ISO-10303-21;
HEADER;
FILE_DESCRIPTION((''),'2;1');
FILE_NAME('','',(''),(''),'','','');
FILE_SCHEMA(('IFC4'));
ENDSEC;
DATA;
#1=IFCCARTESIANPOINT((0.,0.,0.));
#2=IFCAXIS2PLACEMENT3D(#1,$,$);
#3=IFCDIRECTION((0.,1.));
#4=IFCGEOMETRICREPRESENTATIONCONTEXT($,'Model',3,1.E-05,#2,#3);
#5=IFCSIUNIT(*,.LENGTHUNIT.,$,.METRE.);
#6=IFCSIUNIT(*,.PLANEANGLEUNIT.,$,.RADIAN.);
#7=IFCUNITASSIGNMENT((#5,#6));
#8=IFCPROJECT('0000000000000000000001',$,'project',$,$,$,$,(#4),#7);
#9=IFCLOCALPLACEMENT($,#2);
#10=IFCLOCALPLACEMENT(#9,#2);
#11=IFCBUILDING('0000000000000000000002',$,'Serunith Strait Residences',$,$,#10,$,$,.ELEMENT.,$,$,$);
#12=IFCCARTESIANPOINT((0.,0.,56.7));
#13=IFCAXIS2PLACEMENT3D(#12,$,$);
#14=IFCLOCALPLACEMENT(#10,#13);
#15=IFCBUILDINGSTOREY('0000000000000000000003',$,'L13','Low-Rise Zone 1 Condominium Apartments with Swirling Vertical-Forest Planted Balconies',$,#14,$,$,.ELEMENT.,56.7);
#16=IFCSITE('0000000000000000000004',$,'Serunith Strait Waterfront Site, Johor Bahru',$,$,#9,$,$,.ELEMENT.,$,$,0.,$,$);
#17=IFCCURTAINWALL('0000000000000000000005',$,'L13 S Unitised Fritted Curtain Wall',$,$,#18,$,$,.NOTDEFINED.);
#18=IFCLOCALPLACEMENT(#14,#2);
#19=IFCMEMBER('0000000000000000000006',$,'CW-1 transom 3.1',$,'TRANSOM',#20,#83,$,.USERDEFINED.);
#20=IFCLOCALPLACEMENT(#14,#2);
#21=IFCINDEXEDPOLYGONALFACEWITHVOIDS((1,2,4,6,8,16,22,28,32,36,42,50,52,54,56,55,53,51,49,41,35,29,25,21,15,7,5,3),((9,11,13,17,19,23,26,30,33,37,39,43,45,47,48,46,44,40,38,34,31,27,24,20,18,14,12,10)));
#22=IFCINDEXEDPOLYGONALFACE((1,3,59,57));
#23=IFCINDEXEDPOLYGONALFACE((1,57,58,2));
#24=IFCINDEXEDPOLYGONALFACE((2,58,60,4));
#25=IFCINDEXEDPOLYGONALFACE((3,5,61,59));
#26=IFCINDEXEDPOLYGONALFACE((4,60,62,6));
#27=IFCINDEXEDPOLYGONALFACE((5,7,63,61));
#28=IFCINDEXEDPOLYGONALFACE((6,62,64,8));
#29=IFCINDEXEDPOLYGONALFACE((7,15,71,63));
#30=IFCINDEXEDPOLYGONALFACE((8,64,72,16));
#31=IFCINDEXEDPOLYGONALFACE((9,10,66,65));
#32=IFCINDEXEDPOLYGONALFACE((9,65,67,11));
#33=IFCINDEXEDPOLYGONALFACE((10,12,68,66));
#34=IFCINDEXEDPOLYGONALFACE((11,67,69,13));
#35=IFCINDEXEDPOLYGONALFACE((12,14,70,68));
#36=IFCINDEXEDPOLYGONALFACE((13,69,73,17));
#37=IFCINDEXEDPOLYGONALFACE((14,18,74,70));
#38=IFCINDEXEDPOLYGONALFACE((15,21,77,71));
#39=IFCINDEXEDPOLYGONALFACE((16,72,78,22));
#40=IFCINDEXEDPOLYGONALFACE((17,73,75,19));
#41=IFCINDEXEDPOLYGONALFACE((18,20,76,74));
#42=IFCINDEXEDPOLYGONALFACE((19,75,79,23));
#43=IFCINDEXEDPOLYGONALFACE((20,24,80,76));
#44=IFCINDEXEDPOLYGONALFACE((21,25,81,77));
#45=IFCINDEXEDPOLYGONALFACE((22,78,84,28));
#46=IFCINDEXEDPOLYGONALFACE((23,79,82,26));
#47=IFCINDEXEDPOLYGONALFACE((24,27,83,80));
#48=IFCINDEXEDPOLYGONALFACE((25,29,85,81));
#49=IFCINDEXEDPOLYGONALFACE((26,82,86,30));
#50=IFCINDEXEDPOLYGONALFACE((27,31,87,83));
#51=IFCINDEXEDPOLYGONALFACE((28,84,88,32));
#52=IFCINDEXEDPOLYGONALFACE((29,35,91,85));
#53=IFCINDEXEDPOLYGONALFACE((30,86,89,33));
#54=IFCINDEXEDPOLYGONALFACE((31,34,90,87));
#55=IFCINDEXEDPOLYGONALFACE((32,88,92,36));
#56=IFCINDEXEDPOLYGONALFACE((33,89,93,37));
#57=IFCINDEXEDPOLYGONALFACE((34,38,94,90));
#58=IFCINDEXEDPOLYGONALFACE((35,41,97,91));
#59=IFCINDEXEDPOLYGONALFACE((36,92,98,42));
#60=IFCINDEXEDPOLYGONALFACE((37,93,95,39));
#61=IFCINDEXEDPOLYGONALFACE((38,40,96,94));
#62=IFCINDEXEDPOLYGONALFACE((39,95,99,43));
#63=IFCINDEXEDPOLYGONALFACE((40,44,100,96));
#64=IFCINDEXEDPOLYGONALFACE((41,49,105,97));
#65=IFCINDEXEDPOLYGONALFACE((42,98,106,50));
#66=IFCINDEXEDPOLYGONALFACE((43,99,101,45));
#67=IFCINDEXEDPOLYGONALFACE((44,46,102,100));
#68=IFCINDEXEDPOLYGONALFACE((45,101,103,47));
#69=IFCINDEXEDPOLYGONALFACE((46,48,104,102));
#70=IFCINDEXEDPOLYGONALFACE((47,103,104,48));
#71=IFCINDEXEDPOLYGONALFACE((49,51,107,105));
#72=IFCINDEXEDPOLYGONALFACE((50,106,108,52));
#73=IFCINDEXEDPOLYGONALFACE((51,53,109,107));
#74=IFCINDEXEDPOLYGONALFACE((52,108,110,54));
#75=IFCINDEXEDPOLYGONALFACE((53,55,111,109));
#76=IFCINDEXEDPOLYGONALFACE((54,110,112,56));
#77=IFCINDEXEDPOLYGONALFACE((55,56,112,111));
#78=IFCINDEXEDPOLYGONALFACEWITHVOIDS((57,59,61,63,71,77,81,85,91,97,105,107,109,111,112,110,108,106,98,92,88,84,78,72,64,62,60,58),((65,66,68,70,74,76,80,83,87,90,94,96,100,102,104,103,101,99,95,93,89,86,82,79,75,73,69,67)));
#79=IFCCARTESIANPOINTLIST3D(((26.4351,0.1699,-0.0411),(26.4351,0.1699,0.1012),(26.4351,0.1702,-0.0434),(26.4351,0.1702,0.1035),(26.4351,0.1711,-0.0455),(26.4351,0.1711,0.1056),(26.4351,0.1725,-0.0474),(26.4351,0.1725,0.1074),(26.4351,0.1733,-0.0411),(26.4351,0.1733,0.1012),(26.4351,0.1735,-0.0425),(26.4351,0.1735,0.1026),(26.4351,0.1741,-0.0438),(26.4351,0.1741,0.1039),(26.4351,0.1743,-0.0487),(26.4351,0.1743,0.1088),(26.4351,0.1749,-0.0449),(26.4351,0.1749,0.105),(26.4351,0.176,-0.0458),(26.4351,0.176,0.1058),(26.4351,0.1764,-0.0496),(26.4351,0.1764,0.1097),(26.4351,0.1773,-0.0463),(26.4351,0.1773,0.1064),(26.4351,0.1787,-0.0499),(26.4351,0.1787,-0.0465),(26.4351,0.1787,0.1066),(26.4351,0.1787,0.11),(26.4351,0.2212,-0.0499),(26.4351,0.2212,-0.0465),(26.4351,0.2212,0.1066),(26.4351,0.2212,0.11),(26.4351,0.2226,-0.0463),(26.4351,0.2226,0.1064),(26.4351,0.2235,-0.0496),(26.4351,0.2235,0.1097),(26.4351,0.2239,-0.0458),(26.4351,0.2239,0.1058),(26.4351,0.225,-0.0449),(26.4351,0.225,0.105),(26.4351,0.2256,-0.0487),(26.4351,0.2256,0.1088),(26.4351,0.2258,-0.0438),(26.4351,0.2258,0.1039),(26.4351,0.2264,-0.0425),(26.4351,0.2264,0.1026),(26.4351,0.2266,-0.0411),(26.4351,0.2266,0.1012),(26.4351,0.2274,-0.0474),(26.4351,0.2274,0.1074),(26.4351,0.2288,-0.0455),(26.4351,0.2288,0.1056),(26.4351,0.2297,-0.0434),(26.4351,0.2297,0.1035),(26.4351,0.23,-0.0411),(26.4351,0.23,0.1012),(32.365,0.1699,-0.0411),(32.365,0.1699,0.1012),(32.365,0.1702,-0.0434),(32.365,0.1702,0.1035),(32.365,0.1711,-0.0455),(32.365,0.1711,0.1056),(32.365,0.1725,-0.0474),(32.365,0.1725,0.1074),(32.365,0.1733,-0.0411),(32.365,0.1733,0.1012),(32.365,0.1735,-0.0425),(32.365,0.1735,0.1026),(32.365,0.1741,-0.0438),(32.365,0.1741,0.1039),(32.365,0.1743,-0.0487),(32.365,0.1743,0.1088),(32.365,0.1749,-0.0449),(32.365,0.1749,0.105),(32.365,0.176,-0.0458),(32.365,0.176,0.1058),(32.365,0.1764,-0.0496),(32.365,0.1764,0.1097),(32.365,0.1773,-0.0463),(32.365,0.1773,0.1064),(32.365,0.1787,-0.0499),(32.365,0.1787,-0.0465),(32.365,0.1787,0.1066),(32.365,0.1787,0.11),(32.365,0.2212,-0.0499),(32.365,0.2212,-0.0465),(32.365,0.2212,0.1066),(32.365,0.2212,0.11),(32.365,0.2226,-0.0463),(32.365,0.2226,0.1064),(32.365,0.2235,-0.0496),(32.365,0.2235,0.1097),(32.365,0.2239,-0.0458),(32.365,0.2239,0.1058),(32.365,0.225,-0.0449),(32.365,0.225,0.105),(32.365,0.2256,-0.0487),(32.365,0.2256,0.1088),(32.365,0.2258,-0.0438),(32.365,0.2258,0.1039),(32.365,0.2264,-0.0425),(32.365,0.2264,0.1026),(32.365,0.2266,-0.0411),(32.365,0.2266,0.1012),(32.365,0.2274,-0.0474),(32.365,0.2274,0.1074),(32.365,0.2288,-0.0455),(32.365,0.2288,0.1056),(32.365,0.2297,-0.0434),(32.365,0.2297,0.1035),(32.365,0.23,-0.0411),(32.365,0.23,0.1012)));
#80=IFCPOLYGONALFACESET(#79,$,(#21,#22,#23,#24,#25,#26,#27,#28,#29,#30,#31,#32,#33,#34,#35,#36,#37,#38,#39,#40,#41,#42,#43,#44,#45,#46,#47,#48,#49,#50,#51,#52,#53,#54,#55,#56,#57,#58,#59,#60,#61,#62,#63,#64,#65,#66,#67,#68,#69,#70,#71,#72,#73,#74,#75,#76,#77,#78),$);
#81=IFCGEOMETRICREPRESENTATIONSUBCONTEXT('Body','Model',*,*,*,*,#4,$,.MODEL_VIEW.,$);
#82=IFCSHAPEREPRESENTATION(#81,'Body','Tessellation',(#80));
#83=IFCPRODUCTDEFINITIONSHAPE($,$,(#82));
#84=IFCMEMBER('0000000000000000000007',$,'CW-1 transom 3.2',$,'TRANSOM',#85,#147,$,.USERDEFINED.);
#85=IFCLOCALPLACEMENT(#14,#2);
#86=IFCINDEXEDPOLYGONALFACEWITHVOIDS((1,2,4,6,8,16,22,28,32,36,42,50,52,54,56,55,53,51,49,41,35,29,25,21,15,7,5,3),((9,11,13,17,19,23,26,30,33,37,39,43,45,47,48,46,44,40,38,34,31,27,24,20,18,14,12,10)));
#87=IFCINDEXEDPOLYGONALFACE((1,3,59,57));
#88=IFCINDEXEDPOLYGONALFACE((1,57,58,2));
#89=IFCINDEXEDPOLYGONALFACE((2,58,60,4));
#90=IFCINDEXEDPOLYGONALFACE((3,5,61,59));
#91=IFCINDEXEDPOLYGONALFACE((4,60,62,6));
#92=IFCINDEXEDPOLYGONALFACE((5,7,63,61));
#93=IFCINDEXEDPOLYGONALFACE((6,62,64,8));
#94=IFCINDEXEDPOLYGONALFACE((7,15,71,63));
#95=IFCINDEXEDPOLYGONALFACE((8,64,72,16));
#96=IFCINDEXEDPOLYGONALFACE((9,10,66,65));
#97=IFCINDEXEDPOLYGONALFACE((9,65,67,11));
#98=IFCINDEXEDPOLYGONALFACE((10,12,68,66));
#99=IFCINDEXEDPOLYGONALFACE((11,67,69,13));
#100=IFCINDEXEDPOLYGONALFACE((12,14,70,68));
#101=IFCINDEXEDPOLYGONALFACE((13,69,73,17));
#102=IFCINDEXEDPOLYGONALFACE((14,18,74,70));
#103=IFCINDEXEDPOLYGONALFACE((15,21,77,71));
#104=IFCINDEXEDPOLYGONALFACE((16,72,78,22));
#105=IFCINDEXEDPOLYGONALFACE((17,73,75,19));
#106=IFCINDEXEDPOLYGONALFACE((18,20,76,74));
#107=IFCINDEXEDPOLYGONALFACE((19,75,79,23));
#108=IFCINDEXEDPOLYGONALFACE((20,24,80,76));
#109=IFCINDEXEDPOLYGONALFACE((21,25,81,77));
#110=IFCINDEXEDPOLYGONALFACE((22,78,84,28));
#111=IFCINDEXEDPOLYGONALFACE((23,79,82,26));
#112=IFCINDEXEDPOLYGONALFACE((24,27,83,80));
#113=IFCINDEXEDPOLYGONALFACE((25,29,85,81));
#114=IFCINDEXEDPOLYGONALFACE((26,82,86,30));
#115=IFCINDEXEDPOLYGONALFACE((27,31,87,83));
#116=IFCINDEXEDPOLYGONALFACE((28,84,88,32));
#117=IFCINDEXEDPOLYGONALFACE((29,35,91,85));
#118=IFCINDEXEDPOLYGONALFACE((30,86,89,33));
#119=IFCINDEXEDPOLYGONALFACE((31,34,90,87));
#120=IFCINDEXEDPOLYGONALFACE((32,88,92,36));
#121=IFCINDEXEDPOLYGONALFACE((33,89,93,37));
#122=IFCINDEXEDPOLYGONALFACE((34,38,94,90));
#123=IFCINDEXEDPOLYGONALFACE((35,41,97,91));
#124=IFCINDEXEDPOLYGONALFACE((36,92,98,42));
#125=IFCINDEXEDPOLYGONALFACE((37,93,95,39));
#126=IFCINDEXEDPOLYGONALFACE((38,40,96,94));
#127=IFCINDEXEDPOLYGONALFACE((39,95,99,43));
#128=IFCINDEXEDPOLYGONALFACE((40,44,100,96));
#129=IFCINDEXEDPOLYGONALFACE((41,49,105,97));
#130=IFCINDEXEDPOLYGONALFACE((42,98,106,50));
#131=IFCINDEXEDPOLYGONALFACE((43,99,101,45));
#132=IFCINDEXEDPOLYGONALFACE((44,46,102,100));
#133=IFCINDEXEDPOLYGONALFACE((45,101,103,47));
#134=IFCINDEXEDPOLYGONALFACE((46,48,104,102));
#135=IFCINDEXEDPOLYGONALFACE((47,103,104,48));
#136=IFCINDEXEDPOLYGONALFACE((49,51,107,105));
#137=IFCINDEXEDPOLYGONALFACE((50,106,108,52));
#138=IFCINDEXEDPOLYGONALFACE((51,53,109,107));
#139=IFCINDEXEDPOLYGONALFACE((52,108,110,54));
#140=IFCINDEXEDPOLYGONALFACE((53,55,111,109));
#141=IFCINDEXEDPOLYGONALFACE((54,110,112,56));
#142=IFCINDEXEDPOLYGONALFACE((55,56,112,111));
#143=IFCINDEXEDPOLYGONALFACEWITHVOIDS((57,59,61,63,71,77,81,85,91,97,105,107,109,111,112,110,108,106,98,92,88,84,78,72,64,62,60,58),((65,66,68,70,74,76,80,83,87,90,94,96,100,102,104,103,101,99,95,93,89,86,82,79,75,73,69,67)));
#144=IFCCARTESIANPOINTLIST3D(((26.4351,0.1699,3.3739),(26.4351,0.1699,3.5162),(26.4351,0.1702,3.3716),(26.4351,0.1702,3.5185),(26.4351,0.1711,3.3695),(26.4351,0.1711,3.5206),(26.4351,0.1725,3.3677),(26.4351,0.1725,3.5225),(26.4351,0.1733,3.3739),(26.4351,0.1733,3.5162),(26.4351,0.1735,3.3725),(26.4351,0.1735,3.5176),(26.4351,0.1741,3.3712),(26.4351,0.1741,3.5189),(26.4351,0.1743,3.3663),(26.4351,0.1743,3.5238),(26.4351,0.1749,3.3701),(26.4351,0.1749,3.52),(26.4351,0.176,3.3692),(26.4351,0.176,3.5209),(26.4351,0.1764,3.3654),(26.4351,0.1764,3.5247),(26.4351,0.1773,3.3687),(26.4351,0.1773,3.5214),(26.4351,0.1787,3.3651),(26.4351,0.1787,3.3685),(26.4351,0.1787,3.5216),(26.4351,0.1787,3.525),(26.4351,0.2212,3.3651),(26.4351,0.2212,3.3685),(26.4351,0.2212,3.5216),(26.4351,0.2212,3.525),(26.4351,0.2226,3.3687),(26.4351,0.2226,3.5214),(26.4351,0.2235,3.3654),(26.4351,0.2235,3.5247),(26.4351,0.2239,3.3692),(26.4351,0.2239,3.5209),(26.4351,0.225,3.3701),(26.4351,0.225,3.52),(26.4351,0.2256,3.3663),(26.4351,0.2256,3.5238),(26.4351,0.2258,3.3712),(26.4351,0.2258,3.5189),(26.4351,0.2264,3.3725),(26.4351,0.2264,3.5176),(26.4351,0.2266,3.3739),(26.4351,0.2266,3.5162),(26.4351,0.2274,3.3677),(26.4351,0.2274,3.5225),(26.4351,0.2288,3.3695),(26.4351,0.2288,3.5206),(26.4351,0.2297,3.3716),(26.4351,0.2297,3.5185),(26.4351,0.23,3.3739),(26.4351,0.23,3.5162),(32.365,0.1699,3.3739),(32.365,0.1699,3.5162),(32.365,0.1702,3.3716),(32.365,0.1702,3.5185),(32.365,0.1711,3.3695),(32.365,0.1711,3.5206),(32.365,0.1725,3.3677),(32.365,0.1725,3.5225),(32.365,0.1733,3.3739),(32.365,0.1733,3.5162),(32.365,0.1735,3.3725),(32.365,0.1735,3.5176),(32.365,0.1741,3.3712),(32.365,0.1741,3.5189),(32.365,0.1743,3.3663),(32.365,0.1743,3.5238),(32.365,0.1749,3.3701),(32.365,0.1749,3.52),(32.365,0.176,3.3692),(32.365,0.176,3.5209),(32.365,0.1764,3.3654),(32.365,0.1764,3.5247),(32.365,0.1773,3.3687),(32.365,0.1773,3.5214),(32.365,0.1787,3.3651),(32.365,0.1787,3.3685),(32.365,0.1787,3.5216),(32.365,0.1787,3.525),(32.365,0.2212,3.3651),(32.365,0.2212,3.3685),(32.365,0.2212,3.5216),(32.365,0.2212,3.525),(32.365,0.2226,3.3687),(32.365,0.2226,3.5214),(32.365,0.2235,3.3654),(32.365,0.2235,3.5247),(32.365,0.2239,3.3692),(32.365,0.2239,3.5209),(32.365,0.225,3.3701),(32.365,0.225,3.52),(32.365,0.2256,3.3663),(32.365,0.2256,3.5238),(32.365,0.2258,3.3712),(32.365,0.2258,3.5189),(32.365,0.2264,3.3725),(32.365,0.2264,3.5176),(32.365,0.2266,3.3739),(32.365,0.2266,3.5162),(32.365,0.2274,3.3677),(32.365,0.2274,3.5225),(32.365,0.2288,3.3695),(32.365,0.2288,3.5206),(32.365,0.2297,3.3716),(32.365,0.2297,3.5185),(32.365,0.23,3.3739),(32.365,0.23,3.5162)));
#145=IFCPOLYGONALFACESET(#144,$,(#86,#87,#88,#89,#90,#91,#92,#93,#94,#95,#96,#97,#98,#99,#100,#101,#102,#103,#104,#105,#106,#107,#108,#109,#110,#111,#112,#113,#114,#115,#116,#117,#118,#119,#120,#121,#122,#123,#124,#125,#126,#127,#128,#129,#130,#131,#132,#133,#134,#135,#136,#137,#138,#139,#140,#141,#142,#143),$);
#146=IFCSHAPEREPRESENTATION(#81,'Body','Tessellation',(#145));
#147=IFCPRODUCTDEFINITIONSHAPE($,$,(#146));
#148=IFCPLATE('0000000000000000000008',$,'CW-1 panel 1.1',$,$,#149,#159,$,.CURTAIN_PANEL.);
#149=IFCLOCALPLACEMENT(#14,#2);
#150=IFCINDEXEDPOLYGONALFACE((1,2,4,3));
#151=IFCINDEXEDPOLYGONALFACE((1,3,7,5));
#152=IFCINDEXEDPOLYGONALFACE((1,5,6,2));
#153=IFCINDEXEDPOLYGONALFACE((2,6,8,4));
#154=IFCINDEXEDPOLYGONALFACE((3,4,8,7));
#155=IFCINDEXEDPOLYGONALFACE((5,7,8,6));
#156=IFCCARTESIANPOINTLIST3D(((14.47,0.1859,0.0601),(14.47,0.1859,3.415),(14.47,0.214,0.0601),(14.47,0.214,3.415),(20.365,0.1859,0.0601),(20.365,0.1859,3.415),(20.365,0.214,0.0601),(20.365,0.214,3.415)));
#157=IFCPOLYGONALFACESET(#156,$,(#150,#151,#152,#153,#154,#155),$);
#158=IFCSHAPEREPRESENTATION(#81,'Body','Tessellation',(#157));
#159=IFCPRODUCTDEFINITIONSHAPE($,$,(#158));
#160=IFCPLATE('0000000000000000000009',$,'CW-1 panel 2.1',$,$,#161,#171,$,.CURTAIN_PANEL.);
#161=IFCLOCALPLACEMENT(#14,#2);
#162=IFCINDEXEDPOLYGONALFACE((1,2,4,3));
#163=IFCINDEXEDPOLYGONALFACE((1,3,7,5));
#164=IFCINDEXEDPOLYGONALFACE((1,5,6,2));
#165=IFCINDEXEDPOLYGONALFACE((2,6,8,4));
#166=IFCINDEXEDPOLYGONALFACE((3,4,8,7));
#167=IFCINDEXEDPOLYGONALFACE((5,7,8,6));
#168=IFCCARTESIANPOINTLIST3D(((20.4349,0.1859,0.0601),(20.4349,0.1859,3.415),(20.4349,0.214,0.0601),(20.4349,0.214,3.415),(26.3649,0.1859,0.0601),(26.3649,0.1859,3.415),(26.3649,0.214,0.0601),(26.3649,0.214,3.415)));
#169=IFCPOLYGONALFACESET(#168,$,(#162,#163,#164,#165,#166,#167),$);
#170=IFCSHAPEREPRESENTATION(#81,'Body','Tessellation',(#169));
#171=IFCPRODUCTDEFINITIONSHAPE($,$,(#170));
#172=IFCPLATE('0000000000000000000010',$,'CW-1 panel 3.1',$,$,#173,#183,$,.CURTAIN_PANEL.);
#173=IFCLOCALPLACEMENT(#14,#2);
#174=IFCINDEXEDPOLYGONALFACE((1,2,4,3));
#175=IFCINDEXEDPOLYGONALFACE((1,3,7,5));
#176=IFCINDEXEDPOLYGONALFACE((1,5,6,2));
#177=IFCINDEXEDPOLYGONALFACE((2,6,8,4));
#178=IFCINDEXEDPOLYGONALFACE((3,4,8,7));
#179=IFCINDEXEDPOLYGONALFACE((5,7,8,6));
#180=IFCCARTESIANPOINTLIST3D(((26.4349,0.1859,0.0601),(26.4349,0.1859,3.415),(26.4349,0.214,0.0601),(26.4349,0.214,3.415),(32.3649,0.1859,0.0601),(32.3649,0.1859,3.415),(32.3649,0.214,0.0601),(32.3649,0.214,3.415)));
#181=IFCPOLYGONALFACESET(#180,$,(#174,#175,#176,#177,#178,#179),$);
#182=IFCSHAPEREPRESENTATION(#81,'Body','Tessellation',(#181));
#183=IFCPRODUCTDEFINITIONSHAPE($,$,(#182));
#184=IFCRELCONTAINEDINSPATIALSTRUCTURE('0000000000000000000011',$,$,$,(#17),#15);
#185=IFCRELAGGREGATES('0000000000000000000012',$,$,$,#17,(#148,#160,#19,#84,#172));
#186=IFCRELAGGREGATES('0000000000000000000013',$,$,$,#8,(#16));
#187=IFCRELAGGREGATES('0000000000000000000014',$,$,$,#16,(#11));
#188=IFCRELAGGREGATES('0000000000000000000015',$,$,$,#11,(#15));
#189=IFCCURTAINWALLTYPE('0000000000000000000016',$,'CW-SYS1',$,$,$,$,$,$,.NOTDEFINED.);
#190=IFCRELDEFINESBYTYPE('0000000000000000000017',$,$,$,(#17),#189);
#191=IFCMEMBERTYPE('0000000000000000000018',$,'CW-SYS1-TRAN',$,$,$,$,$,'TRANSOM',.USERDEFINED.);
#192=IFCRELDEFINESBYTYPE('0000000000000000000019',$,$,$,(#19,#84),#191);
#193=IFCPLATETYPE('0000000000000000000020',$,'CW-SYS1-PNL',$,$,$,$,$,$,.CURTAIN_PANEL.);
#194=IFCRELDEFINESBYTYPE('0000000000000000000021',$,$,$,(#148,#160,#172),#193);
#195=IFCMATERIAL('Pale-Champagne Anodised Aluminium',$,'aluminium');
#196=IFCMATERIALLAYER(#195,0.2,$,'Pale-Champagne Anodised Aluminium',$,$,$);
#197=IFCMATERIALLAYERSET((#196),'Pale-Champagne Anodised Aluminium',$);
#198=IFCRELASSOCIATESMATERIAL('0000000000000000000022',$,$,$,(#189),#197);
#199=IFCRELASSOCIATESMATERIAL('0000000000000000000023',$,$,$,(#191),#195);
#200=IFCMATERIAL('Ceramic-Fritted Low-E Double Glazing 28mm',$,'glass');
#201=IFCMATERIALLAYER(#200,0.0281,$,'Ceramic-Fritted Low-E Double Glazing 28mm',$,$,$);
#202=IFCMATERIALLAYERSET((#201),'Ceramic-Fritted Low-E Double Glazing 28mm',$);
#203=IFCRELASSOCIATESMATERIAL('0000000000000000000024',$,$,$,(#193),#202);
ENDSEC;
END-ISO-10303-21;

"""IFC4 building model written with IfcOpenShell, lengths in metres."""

from ifc_helpers import new_model, si_unit, direction, frame, origin, origin_2d, place, context, subcontext, project, spatial, rectangle, hollow_rectangle, extrude, source, transform, mapped, material, layer, layer_set, material_profile, profile_set, type_object, element, aggregate, save


model = new_model("IFC4")

# Units and contexts
model_context = context("Model", 3, precision=1e-05, world=origin(), true_north=direction((0.0, 1.0)))
body_context = subcontext(model_context, "Body", "Model", "MODEL_VIEW")
ifc_project = project(units=[si_unit("LENGTHUNIT", "METRE"), si_unit("PLANEANGLEUNIT", "RADIAN")], contexts=[model_context])

# Site, building, storey
site_placement = place(None, origin())
site = spatial("IfcSite", under=ifc_project, at=site_placement, Name="Serunith Strait Waterfront Site, Johor Bahru", CompositionType="ELEMENT", RefElevation=0.0)
building_placement = place(site_placement, origin())
building = spatial("IfcBuilding", under=site, at=building_placement, Name="Serunith Strait Residences", CompositionType="ELEMENT")
storey_placement = place(building_placement, frame((0.0, 0.0, 56.7)))
storey = spatial("IfcBuildingStorey", under=building, at=storey_placement, Name="L13", Description="Low-Rise Zone 1 Condominium Apartments with Swirling Vertical-Forest Planted Balconies", CompositionType="ELEMENT", Elevation=56.7)

# Curtain wall, members, plates
ifc_material_1 = material(Name="Pale-Champagne Anodised Aluminium", Category="aluminium")
ifc_layer_1 = layer(ifc_material_1, 0.2, Name="Pale-Champagne Anodised Aluminium")
ifc_layer_set_1 = layer_set([ifc_layer_1], Name="Pale-Champagne Anodised Aluminium")
curtain_wall_type = type_object("IfcCurtainWallType", Name="CW-SYS1", PredefinedType="NOTDEFINED", material=ifc_layer_set_1)
curtain_wall_placement = place(storey_placement, origin())
curtain_wall = element("IfcCurtainWall", 1, at=curtain_wall_placement, inside=storey, type_object=curtain_wall_type, Name="L13 S Unitised Fritted Curtain Wall", PredefinedType="NOTDEFINED")
ifc_material_profile_1 = material_profile(ifc_material_1, hollow_rectangle(XDim=0.0601, YDim=0.1599, WallThickness=0.0034, InnerFilletRadius=0.0054, OuterFilletRadius=0.0088, at=origin_2d()), Name="ALU 160x60x3.5")
ifc_profile_set_1 = profile_set([ifc_material_profile_1], Name="Pale-Champagne Anodised Aluminium")
member_type_1 = type_object("IfcMemberType", Name="CW-SYS1-TRAN", ElementType="TRANSOM", PredefinedType="USERDEFINED", material=ifc_profile_set_1)
shared_shape_1 = source(origin(), body_context, "Body", "SweptSolid", [
    extrude(hollow_rectangle(XDim=0.0601, YDim=0.1599, WallThickness=0.0034, InnerFilletRadius=0.0054, OuterFilletRadius=0.0088, at=origin_2d()), origin(), (0.0, 0.0, 1.0), 5.9299),
])
member_1_placement = place(storey_placement, frame((26.4351, 0.2, 0.03), z_axis=(1.0, 0.0, 0.0), x_axis=(0.0, 1.0, 0.0)))
member_1 = element("IfcMember", 2, at=member_1_placement, type_object=member_type_1, Name="CW-1 transom 3.1", ObjectType="TRANSOM", PredefinedType="USERDEFINED", context=body_context, shape_type="MappedRepresentation", body=[
    mapped(shared_shape_1, transform((0.0, 0.0, 0.0), scale=1.0)),
])
member_2_placement = place(storey_placement, frame((26.4351, 0.2, 3.4451), z_axis=(1.0, 0.0, 0.0), x_axis=(0.0, 1.0, 0.0)))
member_2 = element("IfcMember", 3, at=member_2_placement, type_object=member_type_1, Name="CW-1 transom 3.2", ObjectType="TRANSOM", PredefinedType="USERDEFINED", context=body_context, shape_type="MappedRepresentation", body=[
    mapped(shared_shape_1, transform((0.0, 0.0, 0.0), scale=1.0)),
])
ifc_material_2 = material(Name="Ceramic-Fritted Low-E Double Glazing 28mm", Category="glass")
ifc_layer_2 = layer(ifc_material_2, 0.0281, Name="Ceramic-Fritted Low-E Double Glazing 28mm")
ifc_layer_set_2 = layer_set([ifc_layer_2], Name="Ceramic-Fritted Low-E Double Glazing 28mm")
plate_type = type_object("IfcPlateType", Name="CW-SYS1-PNL", PredefinedType="CURTAIN_PANEL", material=ifc_layer_set_2)
shared_shape_2 = source(origin(), body_context, "Body", "SweptSolid", [
    extrude(rectangle(XDim=5.895, YDim=0.0281, at=origin_2d()), origin(), (0.0, 0.0, 1.0), 3.355),
])
plate_1_placement = place(storey_placement, frame((17.4175, 0.2, 0.0601), z_axis=(0.0, 0.0, 1.0), x_axis=(1.0, 0.0, 0.0)))
plate_1 = element("IfcPlate", 4, at=plate_1_placement, type_object=plate_type, Name="CW-1 panel 1.1", PredefinedType="CURTAIN_PANEL", context=body_context, shape_type="MappedRepresentation", body=[
    mapped(shared_shape_2, transform((0.0, 0.0, 0.0), scale=1.0)),
])
shared_shape_3 = source(origin(), body_context, "Body", "SweptSolid", [
    extrude(rectangle(XDim=5.9299, YDim=0.0281, at=origin_2d()), origin(), (0.0, 0.0, 1.0), 3.355),
])
plate_2_placement = place(storey_placement, frame((23.3999, 0.2, 0.0601), z_axis=(0.0, 0.0, 1.0), x_axis=(1.0, 0.0, 0.0)))
plate_2 = element("IfcPlate", 5, at=plate_2_placement, type_object=plate_type, Name="CW-1 panel 2.1", PredefinedType="CURTAIN_PANEL", context=body_context, shape_type="MappedRepresentation", body=[
    mapped(shared_shape_3, transform((0.0, 0.0, 0.0), scale=1.0)),
])
plate_3_placement = place(storey_placement, frame((29.3999, 0.2, 0.0601), z_axis=(0.0, 0.0, 1.0), x_axis=(1.0, 0.0, 0.0)))
plate_3 = element("IfcPlate", 6, at=plate_3_placement, type_object=plate_type, Name="CW-1 panel 3.1", PredefinedType="CURTAIN_PANEL", context=body_context, shape_type="MappedRepresentation", body=[
    mapped(shared_shape_3, transform((0.0, 0.0, 0.0), scale=1.0)),
])
aggregate(curtain_wall, [plate_1, plate_2, member_1, member_2, plate_3])

save(model, "model.ifc")
